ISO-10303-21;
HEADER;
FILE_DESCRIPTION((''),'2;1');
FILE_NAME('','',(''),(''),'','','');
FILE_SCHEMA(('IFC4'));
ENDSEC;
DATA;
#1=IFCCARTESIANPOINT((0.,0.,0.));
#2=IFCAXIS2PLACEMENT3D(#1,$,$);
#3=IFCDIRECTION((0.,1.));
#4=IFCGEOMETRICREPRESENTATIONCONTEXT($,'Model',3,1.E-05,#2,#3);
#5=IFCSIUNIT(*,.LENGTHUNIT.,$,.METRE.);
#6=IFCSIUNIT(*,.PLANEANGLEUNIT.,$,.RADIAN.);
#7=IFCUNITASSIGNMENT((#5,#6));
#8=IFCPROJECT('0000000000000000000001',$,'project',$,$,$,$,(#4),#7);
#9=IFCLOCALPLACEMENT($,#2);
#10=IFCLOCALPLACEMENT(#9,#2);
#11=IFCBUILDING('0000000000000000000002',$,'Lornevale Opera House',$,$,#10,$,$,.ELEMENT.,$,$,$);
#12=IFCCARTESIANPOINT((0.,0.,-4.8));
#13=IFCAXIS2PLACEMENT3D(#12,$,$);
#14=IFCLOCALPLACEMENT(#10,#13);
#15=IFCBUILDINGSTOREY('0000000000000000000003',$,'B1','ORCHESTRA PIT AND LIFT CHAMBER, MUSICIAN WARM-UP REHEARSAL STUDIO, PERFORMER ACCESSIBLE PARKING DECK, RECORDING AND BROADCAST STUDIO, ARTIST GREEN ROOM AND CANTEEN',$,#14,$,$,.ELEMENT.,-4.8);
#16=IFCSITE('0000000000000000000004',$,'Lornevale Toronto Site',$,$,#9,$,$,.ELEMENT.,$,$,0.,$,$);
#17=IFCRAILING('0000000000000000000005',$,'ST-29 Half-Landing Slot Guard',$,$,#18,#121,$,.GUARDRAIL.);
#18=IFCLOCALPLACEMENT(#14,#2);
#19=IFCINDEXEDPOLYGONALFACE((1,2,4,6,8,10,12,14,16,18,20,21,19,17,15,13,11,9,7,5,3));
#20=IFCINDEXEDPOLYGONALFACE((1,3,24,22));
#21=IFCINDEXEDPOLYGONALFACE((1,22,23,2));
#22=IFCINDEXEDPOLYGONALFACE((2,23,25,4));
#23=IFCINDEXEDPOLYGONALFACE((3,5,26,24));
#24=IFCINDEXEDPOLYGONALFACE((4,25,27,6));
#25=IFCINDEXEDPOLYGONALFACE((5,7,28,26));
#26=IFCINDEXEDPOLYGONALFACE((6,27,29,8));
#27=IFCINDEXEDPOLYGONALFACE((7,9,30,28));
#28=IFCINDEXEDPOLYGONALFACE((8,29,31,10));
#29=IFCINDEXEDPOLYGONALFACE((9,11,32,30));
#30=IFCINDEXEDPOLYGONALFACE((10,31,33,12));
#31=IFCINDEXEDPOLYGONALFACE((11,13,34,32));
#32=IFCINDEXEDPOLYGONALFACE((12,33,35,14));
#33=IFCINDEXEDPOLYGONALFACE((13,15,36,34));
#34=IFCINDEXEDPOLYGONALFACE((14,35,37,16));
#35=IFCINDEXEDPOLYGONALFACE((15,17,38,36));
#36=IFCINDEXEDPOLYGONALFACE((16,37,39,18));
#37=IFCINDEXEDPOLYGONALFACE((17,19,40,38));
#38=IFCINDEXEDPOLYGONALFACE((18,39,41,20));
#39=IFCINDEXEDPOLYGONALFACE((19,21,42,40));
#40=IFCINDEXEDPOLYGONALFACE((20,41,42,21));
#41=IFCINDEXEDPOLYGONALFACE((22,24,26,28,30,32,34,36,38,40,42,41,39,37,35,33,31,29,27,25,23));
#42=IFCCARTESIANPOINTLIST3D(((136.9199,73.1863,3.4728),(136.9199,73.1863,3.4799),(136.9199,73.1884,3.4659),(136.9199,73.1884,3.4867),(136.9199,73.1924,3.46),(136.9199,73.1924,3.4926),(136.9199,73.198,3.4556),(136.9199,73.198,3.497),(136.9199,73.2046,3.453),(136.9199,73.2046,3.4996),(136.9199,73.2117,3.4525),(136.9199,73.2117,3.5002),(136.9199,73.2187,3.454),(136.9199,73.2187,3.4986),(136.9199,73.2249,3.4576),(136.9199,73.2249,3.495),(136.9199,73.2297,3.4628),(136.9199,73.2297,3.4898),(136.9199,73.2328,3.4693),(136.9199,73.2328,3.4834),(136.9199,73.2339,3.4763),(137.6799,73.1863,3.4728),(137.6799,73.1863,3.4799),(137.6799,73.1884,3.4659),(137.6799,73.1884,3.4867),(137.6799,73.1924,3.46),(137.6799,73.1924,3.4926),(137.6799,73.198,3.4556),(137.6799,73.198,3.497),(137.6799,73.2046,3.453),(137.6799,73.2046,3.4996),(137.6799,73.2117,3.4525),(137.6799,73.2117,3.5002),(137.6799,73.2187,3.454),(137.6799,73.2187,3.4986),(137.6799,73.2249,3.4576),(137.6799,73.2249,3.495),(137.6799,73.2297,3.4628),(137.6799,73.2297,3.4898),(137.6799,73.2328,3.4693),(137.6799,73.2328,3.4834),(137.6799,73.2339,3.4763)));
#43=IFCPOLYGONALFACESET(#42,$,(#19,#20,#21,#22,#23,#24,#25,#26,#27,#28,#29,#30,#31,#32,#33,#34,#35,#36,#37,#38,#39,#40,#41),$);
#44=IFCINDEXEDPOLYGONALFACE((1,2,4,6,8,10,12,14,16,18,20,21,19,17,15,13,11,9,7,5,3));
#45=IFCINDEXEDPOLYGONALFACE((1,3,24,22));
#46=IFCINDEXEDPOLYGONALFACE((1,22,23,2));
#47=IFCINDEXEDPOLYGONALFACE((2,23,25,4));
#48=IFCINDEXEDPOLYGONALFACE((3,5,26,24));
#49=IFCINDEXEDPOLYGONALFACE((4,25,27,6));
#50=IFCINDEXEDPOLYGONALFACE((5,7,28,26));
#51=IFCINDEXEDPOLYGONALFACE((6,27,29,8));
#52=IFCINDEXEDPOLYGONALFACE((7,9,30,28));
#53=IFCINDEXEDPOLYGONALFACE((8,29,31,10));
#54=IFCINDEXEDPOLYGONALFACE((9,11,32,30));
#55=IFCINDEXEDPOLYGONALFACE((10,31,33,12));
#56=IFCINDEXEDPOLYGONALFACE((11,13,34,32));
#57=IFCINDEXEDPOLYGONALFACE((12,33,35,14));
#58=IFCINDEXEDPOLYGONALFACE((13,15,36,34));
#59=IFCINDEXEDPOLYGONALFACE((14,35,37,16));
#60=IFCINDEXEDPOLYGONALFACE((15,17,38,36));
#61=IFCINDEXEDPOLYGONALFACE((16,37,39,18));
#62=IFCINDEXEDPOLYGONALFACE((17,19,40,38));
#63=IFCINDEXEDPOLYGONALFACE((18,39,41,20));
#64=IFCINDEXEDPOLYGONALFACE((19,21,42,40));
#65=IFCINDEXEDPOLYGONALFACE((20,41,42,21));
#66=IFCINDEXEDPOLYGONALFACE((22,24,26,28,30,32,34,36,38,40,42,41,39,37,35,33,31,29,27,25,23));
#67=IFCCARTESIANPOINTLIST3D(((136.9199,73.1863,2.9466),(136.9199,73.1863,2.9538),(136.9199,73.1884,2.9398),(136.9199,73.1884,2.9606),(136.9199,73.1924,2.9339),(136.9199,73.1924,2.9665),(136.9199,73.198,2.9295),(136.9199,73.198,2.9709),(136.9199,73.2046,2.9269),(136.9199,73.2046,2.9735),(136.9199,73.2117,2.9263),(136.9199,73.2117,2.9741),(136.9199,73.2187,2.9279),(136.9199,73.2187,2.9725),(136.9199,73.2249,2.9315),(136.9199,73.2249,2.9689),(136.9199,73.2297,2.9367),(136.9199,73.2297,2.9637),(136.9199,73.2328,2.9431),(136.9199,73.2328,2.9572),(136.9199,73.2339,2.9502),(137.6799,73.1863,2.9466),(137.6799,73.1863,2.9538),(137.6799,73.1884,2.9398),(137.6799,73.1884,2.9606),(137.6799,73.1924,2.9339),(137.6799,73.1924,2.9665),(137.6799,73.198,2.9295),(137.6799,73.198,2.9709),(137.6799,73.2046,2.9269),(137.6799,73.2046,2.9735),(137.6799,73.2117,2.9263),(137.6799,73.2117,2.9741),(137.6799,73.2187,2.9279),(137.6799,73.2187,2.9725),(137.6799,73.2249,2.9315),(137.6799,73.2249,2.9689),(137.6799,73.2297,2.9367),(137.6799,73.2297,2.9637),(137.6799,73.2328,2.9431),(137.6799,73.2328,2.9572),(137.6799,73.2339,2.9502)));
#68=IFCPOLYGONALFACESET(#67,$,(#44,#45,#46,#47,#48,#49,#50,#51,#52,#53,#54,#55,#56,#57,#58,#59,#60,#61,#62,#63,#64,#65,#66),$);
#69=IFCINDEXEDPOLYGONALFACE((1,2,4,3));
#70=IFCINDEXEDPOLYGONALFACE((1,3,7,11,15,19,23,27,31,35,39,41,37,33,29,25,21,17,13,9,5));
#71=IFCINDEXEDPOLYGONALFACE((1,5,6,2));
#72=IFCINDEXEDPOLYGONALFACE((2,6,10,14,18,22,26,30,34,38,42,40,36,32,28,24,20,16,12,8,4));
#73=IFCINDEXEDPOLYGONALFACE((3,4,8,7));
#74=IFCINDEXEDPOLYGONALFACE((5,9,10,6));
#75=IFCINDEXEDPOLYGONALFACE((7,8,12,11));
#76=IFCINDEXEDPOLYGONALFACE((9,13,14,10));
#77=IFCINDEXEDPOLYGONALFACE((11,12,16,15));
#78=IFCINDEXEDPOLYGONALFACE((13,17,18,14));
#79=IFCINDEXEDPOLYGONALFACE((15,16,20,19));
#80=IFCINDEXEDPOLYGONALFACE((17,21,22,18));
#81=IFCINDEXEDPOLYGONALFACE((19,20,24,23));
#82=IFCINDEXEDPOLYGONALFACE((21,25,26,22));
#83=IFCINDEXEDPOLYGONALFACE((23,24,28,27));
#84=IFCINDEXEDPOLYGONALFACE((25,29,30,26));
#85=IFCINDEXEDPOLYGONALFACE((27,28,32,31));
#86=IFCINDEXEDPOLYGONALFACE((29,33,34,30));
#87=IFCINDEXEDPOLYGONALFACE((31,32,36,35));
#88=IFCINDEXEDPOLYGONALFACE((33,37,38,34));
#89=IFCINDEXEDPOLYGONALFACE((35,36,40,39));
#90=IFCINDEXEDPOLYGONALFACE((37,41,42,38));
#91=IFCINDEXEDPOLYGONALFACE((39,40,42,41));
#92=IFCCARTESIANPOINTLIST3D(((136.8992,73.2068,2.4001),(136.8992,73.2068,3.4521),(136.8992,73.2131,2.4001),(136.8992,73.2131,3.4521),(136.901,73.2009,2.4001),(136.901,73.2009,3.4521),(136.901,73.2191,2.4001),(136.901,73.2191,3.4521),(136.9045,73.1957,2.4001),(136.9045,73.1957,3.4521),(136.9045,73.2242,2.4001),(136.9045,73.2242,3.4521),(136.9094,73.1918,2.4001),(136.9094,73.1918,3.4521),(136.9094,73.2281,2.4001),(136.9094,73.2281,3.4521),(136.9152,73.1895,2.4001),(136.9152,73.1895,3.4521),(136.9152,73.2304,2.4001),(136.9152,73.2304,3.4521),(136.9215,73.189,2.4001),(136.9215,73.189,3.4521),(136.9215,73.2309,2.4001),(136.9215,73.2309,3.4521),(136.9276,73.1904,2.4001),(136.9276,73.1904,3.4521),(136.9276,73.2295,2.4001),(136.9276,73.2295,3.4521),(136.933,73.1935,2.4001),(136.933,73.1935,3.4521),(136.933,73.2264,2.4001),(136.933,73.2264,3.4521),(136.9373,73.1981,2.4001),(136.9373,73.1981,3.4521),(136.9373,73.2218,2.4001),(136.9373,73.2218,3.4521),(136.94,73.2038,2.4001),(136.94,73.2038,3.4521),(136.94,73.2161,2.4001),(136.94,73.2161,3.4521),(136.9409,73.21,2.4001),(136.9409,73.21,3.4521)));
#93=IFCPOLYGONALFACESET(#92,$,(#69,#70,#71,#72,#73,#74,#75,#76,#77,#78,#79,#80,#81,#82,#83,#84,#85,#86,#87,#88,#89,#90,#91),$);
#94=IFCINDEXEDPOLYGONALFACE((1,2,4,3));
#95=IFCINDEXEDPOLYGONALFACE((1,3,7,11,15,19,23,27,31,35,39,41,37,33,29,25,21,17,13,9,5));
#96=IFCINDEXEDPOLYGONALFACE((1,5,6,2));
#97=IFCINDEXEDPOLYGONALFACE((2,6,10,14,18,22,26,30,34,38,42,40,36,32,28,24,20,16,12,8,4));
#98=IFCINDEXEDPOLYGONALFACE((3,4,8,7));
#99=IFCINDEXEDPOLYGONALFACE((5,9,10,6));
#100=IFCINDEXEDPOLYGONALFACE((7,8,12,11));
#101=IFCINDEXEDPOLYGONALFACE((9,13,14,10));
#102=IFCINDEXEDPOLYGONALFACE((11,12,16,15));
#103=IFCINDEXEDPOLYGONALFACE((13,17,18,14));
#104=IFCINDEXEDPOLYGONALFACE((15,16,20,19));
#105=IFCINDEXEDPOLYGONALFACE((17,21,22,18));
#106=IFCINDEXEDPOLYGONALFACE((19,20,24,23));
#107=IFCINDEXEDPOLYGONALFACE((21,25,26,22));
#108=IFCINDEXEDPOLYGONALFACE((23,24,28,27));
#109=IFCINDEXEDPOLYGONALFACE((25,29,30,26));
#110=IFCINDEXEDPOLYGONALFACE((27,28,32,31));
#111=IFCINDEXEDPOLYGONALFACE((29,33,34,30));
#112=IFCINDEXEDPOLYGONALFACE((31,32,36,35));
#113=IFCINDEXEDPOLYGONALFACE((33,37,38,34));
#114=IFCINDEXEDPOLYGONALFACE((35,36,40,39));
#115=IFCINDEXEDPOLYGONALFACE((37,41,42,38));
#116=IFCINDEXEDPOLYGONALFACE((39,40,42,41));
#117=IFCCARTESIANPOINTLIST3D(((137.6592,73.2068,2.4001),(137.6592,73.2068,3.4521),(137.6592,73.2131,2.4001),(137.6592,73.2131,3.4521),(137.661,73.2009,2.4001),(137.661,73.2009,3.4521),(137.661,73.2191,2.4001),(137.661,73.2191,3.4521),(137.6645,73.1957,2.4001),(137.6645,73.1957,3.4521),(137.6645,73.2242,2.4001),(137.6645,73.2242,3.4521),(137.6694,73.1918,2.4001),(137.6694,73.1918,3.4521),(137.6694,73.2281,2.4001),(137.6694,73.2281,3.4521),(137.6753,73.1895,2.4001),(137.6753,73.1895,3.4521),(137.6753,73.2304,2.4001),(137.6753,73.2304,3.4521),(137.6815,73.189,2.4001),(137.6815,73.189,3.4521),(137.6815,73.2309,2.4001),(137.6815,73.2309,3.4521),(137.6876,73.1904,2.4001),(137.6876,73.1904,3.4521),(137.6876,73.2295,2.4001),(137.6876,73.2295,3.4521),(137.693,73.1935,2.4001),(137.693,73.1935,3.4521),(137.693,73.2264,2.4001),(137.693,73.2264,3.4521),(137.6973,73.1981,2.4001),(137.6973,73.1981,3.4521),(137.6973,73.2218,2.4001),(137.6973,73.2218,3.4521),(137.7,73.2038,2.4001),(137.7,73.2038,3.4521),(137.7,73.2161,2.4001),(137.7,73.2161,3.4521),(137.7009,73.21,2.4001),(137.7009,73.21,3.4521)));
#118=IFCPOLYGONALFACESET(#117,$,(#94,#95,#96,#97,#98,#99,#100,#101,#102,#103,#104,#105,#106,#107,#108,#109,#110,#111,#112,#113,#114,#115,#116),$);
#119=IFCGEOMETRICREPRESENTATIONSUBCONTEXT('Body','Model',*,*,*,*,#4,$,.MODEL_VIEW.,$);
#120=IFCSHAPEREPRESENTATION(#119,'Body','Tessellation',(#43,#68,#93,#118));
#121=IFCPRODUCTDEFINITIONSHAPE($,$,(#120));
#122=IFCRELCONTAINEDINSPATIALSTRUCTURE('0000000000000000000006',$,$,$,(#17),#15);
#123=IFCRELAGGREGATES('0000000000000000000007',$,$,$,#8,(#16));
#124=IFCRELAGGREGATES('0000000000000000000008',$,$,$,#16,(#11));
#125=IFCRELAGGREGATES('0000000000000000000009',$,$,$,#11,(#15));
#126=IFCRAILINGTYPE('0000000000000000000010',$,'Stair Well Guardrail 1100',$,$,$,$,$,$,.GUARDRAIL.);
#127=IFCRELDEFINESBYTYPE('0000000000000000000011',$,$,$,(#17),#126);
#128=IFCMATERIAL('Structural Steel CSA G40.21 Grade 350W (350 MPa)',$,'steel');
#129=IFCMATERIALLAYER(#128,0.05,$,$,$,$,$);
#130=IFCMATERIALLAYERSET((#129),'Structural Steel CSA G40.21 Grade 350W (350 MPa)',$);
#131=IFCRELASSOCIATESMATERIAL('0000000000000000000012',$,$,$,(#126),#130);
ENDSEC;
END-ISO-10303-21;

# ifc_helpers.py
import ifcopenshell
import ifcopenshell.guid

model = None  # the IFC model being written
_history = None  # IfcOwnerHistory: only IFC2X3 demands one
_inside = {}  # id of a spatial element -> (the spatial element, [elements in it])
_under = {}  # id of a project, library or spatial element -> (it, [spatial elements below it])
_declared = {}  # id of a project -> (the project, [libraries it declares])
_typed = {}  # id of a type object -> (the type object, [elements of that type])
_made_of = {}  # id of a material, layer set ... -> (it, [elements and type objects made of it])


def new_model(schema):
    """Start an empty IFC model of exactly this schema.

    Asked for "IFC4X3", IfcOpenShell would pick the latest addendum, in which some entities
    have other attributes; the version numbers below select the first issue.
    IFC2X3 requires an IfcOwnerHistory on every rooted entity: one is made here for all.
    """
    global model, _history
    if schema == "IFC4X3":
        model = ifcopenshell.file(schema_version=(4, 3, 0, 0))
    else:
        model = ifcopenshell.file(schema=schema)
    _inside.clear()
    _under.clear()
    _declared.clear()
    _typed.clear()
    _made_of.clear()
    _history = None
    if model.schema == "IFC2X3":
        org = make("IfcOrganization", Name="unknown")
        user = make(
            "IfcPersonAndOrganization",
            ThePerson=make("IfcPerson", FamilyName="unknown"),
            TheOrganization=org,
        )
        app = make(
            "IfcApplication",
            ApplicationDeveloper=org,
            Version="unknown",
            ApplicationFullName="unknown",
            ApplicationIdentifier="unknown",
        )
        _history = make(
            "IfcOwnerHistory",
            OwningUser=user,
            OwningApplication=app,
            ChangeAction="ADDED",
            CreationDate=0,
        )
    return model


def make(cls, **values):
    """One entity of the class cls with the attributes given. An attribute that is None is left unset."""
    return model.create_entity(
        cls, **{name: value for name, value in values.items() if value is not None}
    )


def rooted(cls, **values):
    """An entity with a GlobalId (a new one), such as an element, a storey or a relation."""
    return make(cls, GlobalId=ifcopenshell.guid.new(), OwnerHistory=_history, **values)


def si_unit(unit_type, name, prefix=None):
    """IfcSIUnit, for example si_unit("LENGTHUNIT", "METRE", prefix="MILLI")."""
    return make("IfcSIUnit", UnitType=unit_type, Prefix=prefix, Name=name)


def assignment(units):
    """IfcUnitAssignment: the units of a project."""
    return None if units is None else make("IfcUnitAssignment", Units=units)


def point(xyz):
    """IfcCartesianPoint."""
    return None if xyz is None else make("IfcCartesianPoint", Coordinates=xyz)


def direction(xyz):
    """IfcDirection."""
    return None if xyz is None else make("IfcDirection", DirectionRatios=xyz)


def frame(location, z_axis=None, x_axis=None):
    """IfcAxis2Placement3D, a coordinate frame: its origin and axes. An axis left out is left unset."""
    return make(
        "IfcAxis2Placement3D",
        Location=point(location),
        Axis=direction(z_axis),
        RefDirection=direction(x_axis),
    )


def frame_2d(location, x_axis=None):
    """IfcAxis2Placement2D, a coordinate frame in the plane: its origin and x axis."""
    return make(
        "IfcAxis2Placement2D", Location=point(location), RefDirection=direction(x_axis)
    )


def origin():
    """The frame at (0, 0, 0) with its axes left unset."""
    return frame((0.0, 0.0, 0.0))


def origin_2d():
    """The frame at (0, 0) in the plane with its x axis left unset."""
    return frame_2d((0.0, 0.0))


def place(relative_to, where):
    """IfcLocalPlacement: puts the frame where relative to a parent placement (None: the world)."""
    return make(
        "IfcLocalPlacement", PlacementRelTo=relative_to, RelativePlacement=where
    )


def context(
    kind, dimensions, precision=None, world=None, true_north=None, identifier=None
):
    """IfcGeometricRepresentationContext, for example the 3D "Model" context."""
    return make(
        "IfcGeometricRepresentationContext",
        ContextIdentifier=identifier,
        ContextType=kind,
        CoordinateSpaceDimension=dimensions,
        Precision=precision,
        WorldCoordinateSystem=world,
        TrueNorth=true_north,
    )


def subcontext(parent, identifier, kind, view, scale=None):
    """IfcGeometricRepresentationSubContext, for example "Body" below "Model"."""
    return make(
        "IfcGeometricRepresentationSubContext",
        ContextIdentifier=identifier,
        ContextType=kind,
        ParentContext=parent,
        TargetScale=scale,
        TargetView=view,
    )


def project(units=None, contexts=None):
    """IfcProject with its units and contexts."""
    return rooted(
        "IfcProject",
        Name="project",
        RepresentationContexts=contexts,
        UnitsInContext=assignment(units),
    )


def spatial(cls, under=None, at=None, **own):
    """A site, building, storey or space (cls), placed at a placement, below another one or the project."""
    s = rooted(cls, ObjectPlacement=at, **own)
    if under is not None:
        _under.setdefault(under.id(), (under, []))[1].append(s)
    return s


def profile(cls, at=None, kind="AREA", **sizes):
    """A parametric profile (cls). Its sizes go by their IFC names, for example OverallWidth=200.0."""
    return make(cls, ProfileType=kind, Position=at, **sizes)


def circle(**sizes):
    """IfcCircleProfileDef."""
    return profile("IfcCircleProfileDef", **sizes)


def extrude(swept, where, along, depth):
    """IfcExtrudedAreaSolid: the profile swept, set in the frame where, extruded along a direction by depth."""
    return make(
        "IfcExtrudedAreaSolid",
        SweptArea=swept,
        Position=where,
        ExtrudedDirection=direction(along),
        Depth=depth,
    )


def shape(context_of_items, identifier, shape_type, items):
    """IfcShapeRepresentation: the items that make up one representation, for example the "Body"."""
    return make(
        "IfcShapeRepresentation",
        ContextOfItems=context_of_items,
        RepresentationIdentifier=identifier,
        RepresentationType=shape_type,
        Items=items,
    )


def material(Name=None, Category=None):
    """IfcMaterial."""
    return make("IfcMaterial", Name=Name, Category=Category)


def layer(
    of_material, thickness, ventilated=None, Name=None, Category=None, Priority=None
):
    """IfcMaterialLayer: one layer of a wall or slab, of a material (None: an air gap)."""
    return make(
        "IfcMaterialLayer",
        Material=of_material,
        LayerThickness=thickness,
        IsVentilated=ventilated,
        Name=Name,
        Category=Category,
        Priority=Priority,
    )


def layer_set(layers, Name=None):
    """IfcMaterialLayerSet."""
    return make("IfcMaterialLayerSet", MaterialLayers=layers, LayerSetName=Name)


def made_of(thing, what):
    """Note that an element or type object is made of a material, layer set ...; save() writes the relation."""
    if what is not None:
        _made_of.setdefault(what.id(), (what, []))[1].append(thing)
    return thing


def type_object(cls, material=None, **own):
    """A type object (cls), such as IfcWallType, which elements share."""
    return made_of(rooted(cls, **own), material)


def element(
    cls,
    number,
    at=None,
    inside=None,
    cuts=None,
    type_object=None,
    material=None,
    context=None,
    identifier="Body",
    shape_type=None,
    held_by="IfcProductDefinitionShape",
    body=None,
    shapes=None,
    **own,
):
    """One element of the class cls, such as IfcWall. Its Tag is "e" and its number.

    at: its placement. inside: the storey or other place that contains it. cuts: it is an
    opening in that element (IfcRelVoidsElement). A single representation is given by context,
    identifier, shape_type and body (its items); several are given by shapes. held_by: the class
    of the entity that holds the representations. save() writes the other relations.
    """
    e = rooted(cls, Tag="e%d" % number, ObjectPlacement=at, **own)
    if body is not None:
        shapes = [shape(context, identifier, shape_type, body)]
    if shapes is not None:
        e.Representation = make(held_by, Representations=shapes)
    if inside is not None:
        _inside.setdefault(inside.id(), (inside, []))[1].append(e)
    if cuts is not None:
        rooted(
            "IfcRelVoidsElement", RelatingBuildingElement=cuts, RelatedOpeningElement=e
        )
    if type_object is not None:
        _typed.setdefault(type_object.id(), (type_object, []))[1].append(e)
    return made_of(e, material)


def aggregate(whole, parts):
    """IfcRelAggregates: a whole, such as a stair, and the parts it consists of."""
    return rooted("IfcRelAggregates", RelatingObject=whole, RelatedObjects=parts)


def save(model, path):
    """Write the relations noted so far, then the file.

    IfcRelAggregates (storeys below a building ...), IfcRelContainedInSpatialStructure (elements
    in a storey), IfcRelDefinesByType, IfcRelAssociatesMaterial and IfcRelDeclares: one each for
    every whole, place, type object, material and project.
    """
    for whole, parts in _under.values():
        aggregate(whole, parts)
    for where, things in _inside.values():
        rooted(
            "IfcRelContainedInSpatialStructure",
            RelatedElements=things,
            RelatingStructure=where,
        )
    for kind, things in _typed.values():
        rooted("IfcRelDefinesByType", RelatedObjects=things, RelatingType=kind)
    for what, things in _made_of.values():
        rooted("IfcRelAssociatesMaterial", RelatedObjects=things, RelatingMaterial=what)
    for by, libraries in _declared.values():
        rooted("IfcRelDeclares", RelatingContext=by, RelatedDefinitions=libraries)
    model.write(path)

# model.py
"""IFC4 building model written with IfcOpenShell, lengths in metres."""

from ifc_helpers import new_model, si_unit, direction, frame, origin, origin_2d, place, context, subcontext, project, spatial, circle, extrude, material, layer, layer_set, type_object, element, save


model = new_model("IFC4")

# Units and contexts
model_context = context("Model", 3, precision=1e-05, world=origin(), true_north=direction((0.0, 1.0)))
body_context = subcontext(model_context, "Body", "Model", "MODEL_VIEW")
ifc_project = project(units=[si_unit("LENGTHUNIT", "METRE"), si_unit("PLANEANGLEUNIT", "RADIAN")], contexts=[model_context])

# Site, building, storey
site_placement = place(None, origin())
site = spatial("IfcSite", under=ifc_project, at=site_placement, Name="Lornevale Toronto Site", CompositionType="ELEMENT", RefElevation=0.0)
building_placement = place(site_placement, origin())
building = spatial("IfcBuilding", under=site, at=building_placement, Name="Lornevale Opera House", CompositionType="ELEMENT")
storey_placement = place(building_placement, frame((0.0, 0.0, -4.8)))
storey = spatial("IfcBuildingStorey", under=building, at=storey_placement, Name="B1", Description="ORCHESTRA PIT AND LIFT CHAMBER, MUSICIAN WARM-UP REHEARSAL STUDIO, PERFORMER ACCESSIBLE PARKING DECK, RECORDING AND BROADCAST STUDIO, ARTIST GREEN ROOM AND CANTEEN", CompositionType="ELEMENT", Elevation=-4.8)

# Railing
ifc_material_1 = material(Name="Structural Steel CSA G40.21 Grade 350W (350 MPa)", Category="steel")
ifc_layer_1 = layer(ifc_material_1, 0.05)
ifc_layer_set_1 = layer_set([ifc_layer_1], Name="Structural Steel CSA G40.21 Grade 350W (350 MPa)")
railing_type_1 = type_object("IfcRailingType", Name="Stair Well Guardrail 1100", PredefinedType="GUARDRAIL", material=ifc_layer_set_1)
railing_1_placement = place(storey_placement, frame((136.9199, 73.21, 2.4001)))
element("IfcRailing", 1, at=railing_1_placement, inside=storey, type_object=railing_type_1, Name="ST-29 Half-Landing Slot Guard", PredefinedType="GUARDRAIL", context=body_context, shape_type="SweptSolid", body=[
    extrude(circle(Radius=0.0239, at=origin_2d()), frame((0.0, 0.0, 1.0762), z_axis=(1.0, 0.0, 0.0), x_axis=(0.0, 1.0, 0.0)), (0.0, 0.0, 1.0), 0.76),
    extrude(circle(Radius=0.0239, at=origin_2d()), frame((0.0, 0.0, 0.55), z_axis=(1.0, 0.0, 0.0), x_axis=(0.0, 1.0, 0.0)), (0.0, 0.0, 1.0), 0.76),
    extrude(circle(Radius=0.021, at=origin_2d()), origin(), (0.0, 0.0, 1.0), 1.052),
    extrude(circle(Radius=0.021, at=origin_2d()), frame((0.76, 0.0, 0.0)), (0.0, 0.0, 1.0), 1.052),
])

save(model, "model.ifc")
